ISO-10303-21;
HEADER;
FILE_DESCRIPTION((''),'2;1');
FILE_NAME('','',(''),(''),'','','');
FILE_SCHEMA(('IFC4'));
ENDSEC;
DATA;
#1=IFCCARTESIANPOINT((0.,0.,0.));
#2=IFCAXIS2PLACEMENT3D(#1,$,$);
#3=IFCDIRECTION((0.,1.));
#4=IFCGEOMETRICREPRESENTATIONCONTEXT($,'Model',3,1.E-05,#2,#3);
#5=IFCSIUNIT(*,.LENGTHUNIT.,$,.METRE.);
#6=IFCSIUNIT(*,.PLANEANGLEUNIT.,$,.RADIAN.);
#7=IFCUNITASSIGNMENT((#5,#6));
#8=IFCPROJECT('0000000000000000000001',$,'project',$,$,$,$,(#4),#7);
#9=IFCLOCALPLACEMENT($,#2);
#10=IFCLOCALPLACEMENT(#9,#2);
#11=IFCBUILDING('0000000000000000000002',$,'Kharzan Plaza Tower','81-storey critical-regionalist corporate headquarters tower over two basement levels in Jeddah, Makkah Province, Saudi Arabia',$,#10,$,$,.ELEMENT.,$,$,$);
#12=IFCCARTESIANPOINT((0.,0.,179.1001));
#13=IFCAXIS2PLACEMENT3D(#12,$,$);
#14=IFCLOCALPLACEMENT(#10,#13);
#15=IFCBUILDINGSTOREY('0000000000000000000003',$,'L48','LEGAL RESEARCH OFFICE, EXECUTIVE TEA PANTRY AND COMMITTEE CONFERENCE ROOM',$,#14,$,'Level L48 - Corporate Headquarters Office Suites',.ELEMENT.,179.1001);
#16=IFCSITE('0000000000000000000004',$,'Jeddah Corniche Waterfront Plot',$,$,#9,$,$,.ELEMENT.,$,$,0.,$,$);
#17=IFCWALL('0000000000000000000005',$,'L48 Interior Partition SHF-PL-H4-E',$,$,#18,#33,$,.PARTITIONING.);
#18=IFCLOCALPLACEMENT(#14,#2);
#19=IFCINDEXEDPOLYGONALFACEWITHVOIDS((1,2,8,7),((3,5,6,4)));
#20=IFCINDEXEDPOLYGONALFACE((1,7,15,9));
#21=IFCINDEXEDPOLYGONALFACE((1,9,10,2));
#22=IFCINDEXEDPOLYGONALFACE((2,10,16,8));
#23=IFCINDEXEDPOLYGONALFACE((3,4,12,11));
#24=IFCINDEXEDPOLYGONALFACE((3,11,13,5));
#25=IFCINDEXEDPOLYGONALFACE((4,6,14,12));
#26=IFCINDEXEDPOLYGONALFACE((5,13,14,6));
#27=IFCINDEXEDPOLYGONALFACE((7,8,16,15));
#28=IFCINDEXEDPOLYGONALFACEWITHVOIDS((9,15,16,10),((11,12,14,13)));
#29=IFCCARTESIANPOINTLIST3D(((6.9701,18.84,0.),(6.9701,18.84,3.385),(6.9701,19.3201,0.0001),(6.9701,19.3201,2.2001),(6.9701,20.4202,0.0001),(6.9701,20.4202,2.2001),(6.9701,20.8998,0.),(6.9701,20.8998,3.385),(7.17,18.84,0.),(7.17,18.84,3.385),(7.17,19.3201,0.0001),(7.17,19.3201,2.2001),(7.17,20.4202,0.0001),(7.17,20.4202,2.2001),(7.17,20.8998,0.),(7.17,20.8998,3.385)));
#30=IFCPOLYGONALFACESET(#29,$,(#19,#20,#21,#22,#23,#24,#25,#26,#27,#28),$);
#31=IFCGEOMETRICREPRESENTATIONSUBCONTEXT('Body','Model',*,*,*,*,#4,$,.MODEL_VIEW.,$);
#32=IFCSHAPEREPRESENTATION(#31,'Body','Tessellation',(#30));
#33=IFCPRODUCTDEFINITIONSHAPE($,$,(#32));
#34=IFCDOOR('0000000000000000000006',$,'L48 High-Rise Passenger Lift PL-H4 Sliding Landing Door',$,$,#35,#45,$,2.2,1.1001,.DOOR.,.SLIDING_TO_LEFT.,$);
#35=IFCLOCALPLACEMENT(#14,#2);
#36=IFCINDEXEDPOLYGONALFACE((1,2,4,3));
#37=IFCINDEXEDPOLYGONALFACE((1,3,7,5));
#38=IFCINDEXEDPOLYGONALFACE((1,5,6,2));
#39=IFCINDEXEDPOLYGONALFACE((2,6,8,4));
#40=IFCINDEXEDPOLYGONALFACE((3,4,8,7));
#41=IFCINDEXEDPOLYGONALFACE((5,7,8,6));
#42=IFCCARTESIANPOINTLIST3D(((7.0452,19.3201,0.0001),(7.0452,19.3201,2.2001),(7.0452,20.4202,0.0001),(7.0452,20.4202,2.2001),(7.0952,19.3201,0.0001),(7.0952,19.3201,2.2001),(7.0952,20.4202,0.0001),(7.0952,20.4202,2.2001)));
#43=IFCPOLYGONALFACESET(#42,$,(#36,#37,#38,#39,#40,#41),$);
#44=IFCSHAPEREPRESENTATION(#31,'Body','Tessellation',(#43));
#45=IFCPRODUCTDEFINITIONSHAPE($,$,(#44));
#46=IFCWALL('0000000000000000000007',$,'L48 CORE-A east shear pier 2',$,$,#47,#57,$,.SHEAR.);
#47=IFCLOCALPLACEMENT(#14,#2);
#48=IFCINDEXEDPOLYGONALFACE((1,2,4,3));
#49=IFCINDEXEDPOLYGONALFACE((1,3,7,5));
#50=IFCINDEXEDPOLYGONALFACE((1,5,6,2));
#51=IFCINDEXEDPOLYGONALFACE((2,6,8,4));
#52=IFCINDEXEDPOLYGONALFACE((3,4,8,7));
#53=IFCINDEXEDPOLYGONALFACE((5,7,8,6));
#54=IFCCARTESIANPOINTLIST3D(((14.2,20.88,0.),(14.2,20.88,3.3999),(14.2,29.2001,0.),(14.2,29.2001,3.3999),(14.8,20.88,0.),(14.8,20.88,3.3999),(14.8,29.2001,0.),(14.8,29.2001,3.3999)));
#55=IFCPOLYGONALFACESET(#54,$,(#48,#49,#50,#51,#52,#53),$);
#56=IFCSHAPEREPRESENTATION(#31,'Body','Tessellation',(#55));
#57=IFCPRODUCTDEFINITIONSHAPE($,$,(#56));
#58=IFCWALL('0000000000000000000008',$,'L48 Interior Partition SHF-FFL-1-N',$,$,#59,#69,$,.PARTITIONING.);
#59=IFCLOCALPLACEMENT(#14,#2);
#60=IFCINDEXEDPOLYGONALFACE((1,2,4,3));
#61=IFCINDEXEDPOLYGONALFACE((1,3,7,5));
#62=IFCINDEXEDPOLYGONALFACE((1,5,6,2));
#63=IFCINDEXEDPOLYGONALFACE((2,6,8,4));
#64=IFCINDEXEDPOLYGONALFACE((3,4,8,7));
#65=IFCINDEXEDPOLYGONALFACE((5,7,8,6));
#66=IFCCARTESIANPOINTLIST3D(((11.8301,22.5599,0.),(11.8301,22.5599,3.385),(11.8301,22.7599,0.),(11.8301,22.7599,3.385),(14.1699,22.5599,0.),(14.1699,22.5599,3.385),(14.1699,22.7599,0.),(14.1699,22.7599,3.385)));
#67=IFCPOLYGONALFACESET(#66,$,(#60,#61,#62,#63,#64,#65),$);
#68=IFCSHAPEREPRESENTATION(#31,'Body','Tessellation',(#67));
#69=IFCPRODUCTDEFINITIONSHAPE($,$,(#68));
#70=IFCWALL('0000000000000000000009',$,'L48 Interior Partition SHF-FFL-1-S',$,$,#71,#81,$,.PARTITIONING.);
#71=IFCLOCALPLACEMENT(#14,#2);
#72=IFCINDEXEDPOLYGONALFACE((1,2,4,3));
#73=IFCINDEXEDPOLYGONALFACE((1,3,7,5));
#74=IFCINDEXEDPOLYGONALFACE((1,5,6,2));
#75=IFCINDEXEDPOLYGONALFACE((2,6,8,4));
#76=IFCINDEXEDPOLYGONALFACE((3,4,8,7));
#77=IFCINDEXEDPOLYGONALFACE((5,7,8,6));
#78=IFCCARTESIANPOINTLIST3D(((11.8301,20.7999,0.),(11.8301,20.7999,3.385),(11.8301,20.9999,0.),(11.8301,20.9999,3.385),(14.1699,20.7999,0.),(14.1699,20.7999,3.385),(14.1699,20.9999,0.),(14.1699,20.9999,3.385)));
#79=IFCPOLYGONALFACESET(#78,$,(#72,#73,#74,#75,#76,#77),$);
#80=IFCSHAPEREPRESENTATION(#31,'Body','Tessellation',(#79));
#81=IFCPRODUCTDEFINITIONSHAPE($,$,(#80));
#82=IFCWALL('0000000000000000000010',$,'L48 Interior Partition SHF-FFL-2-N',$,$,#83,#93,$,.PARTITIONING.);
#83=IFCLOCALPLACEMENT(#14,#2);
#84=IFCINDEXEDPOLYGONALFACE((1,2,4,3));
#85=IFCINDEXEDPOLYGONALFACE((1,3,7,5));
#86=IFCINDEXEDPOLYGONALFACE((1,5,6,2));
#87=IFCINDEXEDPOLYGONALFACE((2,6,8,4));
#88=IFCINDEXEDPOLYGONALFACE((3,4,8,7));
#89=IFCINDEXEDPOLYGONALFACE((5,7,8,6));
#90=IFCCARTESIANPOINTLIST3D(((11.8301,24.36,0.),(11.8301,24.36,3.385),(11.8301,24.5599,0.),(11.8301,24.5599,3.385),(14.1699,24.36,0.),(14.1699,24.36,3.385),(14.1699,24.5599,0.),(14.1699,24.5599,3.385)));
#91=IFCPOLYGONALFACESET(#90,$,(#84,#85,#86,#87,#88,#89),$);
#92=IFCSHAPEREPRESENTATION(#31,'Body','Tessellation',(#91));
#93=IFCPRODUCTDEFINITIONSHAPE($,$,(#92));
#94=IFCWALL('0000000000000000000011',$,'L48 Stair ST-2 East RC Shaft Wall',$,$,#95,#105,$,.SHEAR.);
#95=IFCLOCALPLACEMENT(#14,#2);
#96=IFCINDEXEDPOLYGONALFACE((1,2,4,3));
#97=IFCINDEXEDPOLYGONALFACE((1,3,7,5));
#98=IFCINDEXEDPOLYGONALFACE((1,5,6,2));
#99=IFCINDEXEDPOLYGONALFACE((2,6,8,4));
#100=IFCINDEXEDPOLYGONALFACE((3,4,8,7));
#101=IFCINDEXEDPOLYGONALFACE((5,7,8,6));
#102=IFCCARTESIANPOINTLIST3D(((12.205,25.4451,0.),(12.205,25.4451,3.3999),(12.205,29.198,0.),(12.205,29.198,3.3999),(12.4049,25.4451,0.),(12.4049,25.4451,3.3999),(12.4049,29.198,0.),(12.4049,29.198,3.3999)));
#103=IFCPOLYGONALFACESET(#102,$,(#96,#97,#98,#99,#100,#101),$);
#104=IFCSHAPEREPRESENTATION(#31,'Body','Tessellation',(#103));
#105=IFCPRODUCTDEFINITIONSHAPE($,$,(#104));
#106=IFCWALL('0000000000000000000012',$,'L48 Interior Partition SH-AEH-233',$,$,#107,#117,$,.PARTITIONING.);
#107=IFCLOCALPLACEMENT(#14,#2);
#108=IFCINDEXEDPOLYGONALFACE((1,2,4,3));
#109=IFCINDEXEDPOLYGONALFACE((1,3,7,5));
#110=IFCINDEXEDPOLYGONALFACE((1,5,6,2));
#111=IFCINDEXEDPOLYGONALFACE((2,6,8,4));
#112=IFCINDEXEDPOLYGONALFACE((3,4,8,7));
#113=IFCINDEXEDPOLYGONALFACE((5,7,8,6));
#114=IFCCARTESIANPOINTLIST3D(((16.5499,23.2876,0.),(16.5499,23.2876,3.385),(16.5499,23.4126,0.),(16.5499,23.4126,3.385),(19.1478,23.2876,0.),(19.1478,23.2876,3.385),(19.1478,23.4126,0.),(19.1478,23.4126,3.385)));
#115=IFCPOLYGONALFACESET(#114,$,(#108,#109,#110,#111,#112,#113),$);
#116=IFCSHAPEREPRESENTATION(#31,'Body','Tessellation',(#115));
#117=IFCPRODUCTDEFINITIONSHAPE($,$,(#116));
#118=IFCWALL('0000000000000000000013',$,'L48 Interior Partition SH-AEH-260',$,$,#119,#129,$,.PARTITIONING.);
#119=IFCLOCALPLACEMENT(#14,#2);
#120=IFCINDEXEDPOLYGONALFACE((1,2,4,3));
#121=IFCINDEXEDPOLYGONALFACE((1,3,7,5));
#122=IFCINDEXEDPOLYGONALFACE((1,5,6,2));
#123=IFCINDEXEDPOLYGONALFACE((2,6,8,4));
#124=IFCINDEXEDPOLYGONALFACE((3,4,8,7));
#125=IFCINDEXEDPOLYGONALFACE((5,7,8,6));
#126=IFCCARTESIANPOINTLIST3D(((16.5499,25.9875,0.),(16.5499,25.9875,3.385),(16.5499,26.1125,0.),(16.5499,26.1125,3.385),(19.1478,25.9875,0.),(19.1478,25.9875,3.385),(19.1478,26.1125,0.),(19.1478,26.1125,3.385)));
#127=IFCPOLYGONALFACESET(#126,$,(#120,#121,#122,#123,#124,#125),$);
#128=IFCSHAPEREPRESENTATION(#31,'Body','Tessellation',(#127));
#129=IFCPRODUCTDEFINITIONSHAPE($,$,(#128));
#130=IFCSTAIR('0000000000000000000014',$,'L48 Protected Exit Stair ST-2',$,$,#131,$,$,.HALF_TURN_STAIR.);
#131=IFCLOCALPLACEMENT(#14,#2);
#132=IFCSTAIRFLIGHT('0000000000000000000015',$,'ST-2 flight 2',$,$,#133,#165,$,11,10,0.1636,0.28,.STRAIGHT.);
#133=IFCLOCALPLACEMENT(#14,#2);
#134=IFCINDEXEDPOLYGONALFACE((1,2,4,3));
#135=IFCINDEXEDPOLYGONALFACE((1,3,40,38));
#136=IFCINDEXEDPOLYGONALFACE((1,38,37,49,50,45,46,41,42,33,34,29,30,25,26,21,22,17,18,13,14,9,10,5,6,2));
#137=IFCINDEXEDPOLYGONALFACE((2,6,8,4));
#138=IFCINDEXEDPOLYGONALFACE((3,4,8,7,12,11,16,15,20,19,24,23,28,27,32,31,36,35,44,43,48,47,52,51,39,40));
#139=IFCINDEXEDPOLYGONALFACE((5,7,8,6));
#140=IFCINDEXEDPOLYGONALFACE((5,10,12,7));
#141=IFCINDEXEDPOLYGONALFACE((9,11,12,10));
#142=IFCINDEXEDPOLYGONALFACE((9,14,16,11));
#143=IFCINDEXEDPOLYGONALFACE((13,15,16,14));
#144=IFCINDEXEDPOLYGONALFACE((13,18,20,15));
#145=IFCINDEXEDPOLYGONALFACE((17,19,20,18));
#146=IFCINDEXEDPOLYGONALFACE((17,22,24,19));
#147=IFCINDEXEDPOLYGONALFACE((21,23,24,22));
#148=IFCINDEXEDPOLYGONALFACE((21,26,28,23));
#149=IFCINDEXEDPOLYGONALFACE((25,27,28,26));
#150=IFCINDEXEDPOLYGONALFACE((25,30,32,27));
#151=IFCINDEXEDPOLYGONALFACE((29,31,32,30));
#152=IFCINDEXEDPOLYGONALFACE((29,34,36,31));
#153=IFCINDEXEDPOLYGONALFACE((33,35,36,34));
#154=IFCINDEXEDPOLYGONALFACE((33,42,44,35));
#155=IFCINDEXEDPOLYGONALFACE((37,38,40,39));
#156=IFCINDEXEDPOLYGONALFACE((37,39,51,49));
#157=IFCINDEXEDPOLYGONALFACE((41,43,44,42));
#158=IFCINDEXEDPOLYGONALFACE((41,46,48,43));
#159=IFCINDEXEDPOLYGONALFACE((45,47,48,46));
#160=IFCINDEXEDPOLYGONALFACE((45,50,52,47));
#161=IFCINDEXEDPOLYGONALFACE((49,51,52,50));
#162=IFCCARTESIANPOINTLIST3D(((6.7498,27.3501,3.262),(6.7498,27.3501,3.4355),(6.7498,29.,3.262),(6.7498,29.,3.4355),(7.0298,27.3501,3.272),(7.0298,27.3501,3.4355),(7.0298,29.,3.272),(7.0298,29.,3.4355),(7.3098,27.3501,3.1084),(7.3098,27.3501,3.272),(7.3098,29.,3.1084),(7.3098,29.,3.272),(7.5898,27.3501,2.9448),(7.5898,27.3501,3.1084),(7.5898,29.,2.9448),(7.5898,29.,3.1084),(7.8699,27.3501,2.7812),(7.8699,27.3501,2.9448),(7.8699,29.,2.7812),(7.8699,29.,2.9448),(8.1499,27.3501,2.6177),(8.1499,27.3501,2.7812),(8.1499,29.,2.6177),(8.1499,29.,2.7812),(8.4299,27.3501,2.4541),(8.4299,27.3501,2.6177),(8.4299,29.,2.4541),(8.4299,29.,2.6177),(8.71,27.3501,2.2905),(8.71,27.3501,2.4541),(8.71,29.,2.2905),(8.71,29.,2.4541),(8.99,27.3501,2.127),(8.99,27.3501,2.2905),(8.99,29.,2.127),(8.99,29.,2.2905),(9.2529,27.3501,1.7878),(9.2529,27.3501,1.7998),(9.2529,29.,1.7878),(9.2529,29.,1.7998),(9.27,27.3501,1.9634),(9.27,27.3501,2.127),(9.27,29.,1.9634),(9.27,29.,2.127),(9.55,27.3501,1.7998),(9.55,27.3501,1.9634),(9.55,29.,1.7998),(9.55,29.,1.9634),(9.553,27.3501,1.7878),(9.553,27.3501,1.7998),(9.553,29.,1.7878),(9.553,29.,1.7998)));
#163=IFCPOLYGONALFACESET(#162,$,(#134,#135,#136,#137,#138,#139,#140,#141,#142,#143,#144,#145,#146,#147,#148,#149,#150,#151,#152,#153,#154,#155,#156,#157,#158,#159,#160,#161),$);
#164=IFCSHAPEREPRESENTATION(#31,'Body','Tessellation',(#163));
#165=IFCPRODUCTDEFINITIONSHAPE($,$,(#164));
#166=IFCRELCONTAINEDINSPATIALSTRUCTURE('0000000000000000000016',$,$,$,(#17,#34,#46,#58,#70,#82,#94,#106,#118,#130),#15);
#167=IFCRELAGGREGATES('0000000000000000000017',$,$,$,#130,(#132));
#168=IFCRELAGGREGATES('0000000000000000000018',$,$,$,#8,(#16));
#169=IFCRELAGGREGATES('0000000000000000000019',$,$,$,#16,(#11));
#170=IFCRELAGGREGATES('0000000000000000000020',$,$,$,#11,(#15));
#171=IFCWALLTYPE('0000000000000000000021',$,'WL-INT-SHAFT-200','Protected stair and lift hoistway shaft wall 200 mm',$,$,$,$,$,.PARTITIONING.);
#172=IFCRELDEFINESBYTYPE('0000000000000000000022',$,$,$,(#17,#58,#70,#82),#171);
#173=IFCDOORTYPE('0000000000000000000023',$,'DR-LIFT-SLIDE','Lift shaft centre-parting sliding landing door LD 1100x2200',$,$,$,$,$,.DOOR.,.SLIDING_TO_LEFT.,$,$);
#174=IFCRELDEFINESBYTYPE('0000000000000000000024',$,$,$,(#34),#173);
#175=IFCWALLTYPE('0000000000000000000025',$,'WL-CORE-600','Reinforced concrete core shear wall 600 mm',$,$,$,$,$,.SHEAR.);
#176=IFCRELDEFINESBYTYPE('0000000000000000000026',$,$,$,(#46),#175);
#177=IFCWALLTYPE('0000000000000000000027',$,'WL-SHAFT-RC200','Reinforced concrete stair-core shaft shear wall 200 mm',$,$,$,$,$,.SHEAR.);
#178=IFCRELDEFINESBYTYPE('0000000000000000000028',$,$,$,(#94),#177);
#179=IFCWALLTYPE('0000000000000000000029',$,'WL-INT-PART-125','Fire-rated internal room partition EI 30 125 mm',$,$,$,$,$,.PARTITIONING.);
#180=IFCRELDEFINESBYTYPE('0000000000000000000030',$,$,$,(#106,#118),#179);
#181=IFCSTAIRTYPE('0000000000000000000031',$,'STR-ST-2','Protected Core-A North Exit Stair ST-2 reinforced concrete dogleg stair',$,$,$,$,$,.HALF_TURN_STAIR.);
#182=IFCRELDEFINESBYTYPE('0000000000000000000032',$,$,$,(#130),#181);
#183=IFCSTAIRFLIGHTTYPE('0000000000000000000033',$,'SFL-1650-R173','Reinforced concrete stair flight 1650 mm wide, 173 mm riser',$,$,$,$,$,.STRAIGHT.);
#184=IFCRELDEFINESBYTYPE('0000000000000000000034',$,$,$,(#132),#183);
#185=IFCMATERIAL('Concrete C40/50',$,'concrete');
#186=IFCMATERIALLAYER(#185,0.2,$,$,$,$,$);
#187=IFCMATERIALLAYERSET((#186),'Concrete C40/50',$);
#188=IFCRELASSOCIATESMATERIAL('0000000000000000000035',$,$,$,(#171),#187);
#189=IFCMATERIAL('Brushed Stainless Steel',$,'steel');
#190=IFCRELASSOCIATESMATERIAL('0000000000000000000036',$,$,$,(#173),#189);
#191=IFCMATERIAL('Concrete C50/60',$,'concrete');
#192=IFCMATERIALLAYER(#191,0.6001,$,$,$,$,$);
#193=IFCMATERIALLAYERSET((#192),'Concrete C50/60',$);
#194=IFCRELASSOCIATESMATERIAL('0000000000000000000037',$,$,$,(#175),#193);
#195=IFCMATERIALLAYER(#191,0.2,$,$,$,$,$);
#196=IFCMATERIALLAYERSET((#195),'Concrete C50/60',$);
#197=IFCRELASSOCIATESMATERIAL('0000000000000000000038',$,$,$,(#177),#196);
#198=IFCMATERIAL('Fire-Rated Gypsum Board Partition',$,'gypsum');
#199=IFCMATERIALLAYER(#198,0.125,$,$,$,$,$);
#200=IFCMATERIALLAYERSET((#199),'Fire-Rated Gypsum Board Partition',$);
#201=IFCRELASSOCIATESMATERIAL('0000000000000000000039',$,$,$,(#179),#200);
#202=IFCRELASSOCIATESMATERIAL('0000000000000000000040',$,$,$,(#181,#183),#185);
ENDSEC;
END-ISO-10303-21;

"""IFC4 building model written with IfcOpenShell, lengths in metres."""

from ifc_helpers import new_model, si_unit, direction, frame, frame_2d, origin, place, context, subcontext, project, spatial, polyline, rectangle, outline, extrude, source, transform, mapped, material, layer, layer_set, type_object, element, fill, aggregate, save


model = new_model("IFC4")

# Units and contexts
model_context = context("Model", 3, precision=1e-05, world=origin(), true_north=direction((0.0, 1.0)))
body_context = subcontext(model_context, "Body", "Model", "MODEL_VIEW")
ifc_project = project(units=[si_unit("LENGTHUNIT", "METRE"), si_unit("PLANEANGLEUNIT", "RADIAN")], contexts=[model_context])

# Site, building, storey
site_placement = place(None, origin())
site = spatial("IfcSite", under=ifc_project, at=site_placement, Name="Jeddah Corniche Waterfront Plot", CompositionType="ELEMENT", RefElevation=0.0)
building_placement = place(site_placement, origin())
building = spatial("IfcBuilding", under=site, at=building_placement, Name="Kharzan Plaza Tower", Description="81-storey critical-regionalist corporate headquarters tower over two basement levels in Jeddah, Makkah Province, Saudi Arabia", CompositionType="ELEMENT")
storey_placement = place(building_placement, frame((0.0, 0.0, 179.1001)))
storey = spatial("IfcBuildingStorey", under=building, at=storey_placement, Name="L48", Description="LEGAL RESEARCH OFFICE, EXECUTIVE TEA PANTRY AND COMMITTEE CONFERENCE ROOM", LongName="Level L48 - Corporate Headquarters Office Suites", CompositionType="ELEMENT", Elevation=179.1001)

# Wall, opening, door
ifc_material_1 = material(Name="Concrete C40/50", Category="concrete")
ifc_layer_1 = layer(ifc_material_1, 0.2)
ifc_layer_set_1 = layer_set([ifc_layer_1], Name="Concrete C40/50")
wall_type_1 = type_object("IfcWallType", Name="WL-INT-SHAFT-200", Description="Protected stair and lift hoistway shaft wall 200 mm", PredefinedType="PARTITIONING", material=ifc_layer_set_1)
ifc_material_2 = material(Name="Brushed Stainless Steel", Category="steel")
door_type_1 = type_object("IfcDoorType", Name="DR-LIFT-SLIDE", Description="Lift shaft centre-parting sliding landing door LD 1100x2200", OperationType="SLIDING_TO_LEFT", PredefinedType="DOOR", material=ifc_material_2)
shared_shape_1 = source(origin(), body_context, "Body", "SweptSolid", [
    extrude(rectangle(XDim=1.1001, YDim=2.2, at=frame_2d((0.55, 1.1001))), frame((0.0, 0.0249, 0.0), z_axis=(0.0, -1.0, 0.0), x_axis=(1.0, 0.0, 0.0)), (0.0, 0.0, 1.0), 0.05),
])
wall_1_placement = place(storey_placement, frame((7.0701, 18.8401, 0.0), z_axis=(0.0, 0.0, 1.0), x_axis=(0.0, 1.0, 0.0)))
wall_1 = element("IfcWall", 1, at=wall_1_placement, inside=storey, type_object=wall_type_1, Name="L48 Interior Partition SHF-PL-H4-E", PredefinedType="PARTITIONING", context=body_context, shape_type="SweptSolid", body=[
    extrude(rectangle(XDim=2.0598, YDim=0.2, at=frame_2d((1.0298, 0.0))), origin(), (0.0, 0.0, 1.0), 3.385),
])
opening_1_placement = place(wall_1_placement, frame((0.48, 0.0, 0.0)))
opening_1 = element("IfcOpeningElement", 2, at=opening_1_placement, cuts=wall_1, PredefinedType="OPENING", context=body_context, shape_type="SweptSolid", body=[
    extrude(rectangle(XDim=1.1001, YDim=2.2, at=frame_2d((0.55, 1.1001))), frame((0.0, 0.1099, 0.0), z_axis=(0.0, -1.0, 0.0), x_axis=(1.0, 0.0, 0.0)), (0.0, 0.0, 1.0), 0.22),
])
door_1_placement = place(opening_1_placement, origin())
door_1 = element("IfcDoor", 3, at=door_1_placement, inside=storey, type_object=door_type_1, Name="L48 High-Rise Passenger Lift PL-H4 Sliding Landing Door", OperationType="SLIDING_TO_LEFT", OverallHeight=2.2, OverallWidth=1.1001, PredefinedType="DOOR", context=body_context, shape_type="MappedRepresentation", body=[
    mapped(shared_shape_1, transform((0.0, 0.0, 0.0), x_axis=(1.0, 0.0, 0.0), y_axis=(0.0, 1.0, 0.0), z_axis=(0.0, 0.0, 1.0))),
])
fill(opening_1, door_1)

# Walls
ifc_material_3 = material(Name="Concrete C50/60", Category="concrete")
ifc_layer_2 = layer(ifc_material_3, 0.6001)
ifc_layer_set_2 = layer_set([ifc_layer_2], Name="Concrete C50/60")
wall_type_2 = type_object("IfcWallType", Name="WL-CORE-600", Description="Reinforced concrete core shear wall 600 mm", PredefinedType="SHEAR", material=ifc_layer_set_2)
shared_shape_2 = source(origin(), body_context, "Body", "SweptSolid", [
    extrude(rectangle(XDim=8.3201, YDim=0.6001, at=frame_2d((4.1602, 0.0))), origin(), (0.0, 0.0, 1.0), 3.3999),
])
wall_2_placement = place(storey_placement, frame((14.5, 20.8799, 0.0), z_axis=(0.0, 0.0, 1.0), x_axis=(0.0, 1.0, 0.0)))
element("IfcWall", 4, at=wall_2_placement, inside=storey, type_object=wall_type_2, Name="L48 CORE-A east shear pier 2", PredefinedType="SHEAR", context=body_context, shape_type="MappedRepresentation", body=[
    mapped(shared_shape_2, transform((0.0, 0.0, 0.0), x_axis=(1.0, 0.0, 0.0), y_axis=(0.0, 1.0, 0.0), z_axis=(0.0, 0.0, 1.0))),
])
shared_shape_3 = source(origin(), body_context, "Body", "SweptSolid", [
    extrude(rectangle(XDim=2.3398, YDim=0.2, at=frame_2d((1.1699, 0.0))), origin(), (0.0, 0.0, 1.0), 3.385),
])
for number, where, z_axis, x_axis, name in (
    (5, (11.8301, 22.6599, 0.0), (0.0, 0.0, 1.0), (1.0, 0.0, 0.0), "L48 Interior Partition SHF-FFL-1-N"),
    (6, (11.8301, 20.8999, 0.0), (0.0, 0.0, 1.0), (1.0, 0.0, 0.0), "L48 Interior Partition SHF-FFL-1-S"),
    (7, (11.8301, 24.46, 0.0), (0.0, 0.0, 1.0), (1.0, 0.0, 0.0), "L48 Interior Partition SHF-FFL-2-N"),
):
    element("IfcWall", number, at=place(storey_placement, frame(where, z_axis=z_axis, x_axis=x_axis)), inside=storey, type_object=wall_type_1, Name=name, PredefinedType="PARTITIONING", context=body_context, shape_type="MappedRepresentation", body=[
        mapped(shared_shape_3, transform((0.0, 0.0, 0.0), x_axis=(1.0, 0.0, 0.0), y_axis=(0.0, 1.0, 0.0), z_axis=(0.0, 0.0, 1.0))),
    ])
ifc_layer_3 = layer(ifc_material_3, 0.2)
ifc_layer_set_3 = layer_set([ifc_layer_3], Name="Concrete C50/60")
wall_type_3 = type_object("IfcWallType", Name="WL-SHAFT-RC200", Description="Reinforced concrete stair-core shaft shear wall 200 mm", PredefinedType="SHEAR", material=ifc_layer_set_3)
shared_shape_4 = source(origin(), body_context, "Body", "SweptSolid", [
    extrude(rectangle(XDim=3.7529, YDim=0.2, at=frame_2d((1.8765, 0.0))), origin(), (0.0, 0.0, 1.0), 3.3999),
])
wall_3_placement = place(storey_placement, frame((12.3049, 25.4451, 0.0), z_axis=(0.0, 0.0, 1.0), x_axis=(0.0, 1.0, 0.0)))
element("IfcWall", 8, at=wall_3_placement, inside=storey, type_object=wall_type_3, Name="L48 Stair ST-2 East RC Shaft Wall", PredefinedType="SHEAR", context=body_context, shape_type="MappedRepresentation", body=[
    mapped(shared_shape_4, transform((0.0, 0.0, 0.0), x_axis=(1.0, 0.0, 0.0), y_axis=(0.0, 1.0, 0.0), z_axis=(0.0, 0.0, 1.0))),
])
ifc_material_4 = material(Name="Fire-Rated Gypsum Board Partition", Category="gypsum")
ifc_layer_4 = layer(ifc_material_4, 0.125)
ifc_layer_set_4 = layer_set([ifc_layer_4], Name="Fire-Rated Gypsum Board Partition")
wall_type_4 = type_object("IfcWallType", Name="WL-INT-PART-125", Description="Fire-rated internal room partition EI 30 125 mm", PredefinedType="PARTITIONING", material=ifc_layer_set_4)
shared_shape_5 = source(origin(), body_context, "Body", "SweptSolid", [
    extrude(rectangle(XDim=2.5979, YDim=0.125, at=frame_2d((1.2988, 0.0))), origin(), (0.0, 0.0, 1.0), 3.385),
])
for number, where, z_axis, x_axis, name in (
    (9, (16.55, 23.3501, 0.0), (0.0, 0.0, 1.0), (1.0, 0.0, 0.0), "L48 Interior Partition SH-AEH-233"),
    (10, (16.55, 26.05, 0.0), (0.0, 0.0, 1.0), (1.0, 0.0, 0.0), "L48 Interior Partition SH-AEH-260"),
):
    element("IfcWall", number, at=place(storey_placement, frame(where, z_axis=z_axis, x_axis=x_axis)), inside=storey, type_object=wall_type_4, Name=name, PredefinedType="PARTITIONING", context=body_context, shape_type="MappedRepresentation", body=[
        mapped(shared_shape_5, transform((0.0, 0.0, 0.0), x_axis=(1.0, 0.0, 0.0), y_axis=(0.0, 1.0, 0.0), z_axis=(0.0, 0.0, 1.0))),
    ])

# Stair, stair flight
stair_type = type_object("IfcStairType", Name="STR-ST-2", Description="Protected Core-A North Exit Stair ST-2 reinforced concrete dogleg stair", PredefinedType="HALF_TURN_STAIR", material=ifc_material_1)
stair_placement = place(storey_placement, origin())
stair = element("IfcStair", 11, at=stair_placement, inside=storey, type_object=stair_type, Name="L48 Protected Exit Stair ST-2", PredefinedType="HALF_TURN_STAIR")
stair_flight_type = type_object("IfcStairFlightType", Name="SFL-1650-R173", Description="Reinforced concrete stair flight 1650 mm wide, 173 mm riser", PredefinedType="STRAIGHT", material=ifc_material_1)
shared_shape_6 = source(origin(), body_context, "Body", "SweptSolid", [
    extrude(outline(polyline([(-0.0029, -0.012), (-0.0029, 0.0), (0.0, 0.0), (0.0, 0.1636), (0.28, 0.1636), (0.28, 0.3271), (0.5601, 0.3271), (0.5601, 0.4907), (0.8401, 0.4907), (0.8401, 0.6543), (1.1201, 0.6543), (1.1201, 0.8179), (1.4001, 0.8179), (1.4001, 0.9814), (1.6802, 0.9814), (1.6802, 1.145), (1.9602, 1.145), (1.9602, 1.3086), (2.2402, 1.3086), (2.2402, 1.4722), (2.5203, 1.4722), (2.5203, 1.6357), (2.8003, 1.6357), (2.8003, 1.7993), (2.8003, 1.4622), (0.2971, 0.0), (0.2971, -0.012), (-0.0029, -0.012)])), frame((0.0, 0.825, 0.0), z_axis=(0.0, -1.0, 0.0), x_axis=(1.0, 0.0, 0.0)), (0.0, 0.0, 1.0), 1.6499),
])
stair_flight_placement = place(storey_placement, frame((9.55, 28.175, 1.7998), z_axis=(0.0, 0.0, 1.0), x_axis=(-1.0, 0.0, 0.0)))
stair_flight = element("IfcStairFlight", 12, at=stair_flight_placement, type_object=stair_flight_type, Name="ST-2 flight 2", NumberOfRisers=11, NumberOfTreads=10, PredefinedType="STRAIGHT", RiserHeight=0.1636, TreadLength=0.28, context=body_context, shape_type="MappedRepresentation", body=[
    mapped(shared_shape_6, transform((0.0, 0.0, 0.0), x_axis=(1.0, 0.0, 0.0), y_axis=(0.0, 1.0, 0.0), z_axis=(0.0, 0.0, 1.0))),
])
aggregate(stair, [stair_flight])

save(model, "model.ifc")
